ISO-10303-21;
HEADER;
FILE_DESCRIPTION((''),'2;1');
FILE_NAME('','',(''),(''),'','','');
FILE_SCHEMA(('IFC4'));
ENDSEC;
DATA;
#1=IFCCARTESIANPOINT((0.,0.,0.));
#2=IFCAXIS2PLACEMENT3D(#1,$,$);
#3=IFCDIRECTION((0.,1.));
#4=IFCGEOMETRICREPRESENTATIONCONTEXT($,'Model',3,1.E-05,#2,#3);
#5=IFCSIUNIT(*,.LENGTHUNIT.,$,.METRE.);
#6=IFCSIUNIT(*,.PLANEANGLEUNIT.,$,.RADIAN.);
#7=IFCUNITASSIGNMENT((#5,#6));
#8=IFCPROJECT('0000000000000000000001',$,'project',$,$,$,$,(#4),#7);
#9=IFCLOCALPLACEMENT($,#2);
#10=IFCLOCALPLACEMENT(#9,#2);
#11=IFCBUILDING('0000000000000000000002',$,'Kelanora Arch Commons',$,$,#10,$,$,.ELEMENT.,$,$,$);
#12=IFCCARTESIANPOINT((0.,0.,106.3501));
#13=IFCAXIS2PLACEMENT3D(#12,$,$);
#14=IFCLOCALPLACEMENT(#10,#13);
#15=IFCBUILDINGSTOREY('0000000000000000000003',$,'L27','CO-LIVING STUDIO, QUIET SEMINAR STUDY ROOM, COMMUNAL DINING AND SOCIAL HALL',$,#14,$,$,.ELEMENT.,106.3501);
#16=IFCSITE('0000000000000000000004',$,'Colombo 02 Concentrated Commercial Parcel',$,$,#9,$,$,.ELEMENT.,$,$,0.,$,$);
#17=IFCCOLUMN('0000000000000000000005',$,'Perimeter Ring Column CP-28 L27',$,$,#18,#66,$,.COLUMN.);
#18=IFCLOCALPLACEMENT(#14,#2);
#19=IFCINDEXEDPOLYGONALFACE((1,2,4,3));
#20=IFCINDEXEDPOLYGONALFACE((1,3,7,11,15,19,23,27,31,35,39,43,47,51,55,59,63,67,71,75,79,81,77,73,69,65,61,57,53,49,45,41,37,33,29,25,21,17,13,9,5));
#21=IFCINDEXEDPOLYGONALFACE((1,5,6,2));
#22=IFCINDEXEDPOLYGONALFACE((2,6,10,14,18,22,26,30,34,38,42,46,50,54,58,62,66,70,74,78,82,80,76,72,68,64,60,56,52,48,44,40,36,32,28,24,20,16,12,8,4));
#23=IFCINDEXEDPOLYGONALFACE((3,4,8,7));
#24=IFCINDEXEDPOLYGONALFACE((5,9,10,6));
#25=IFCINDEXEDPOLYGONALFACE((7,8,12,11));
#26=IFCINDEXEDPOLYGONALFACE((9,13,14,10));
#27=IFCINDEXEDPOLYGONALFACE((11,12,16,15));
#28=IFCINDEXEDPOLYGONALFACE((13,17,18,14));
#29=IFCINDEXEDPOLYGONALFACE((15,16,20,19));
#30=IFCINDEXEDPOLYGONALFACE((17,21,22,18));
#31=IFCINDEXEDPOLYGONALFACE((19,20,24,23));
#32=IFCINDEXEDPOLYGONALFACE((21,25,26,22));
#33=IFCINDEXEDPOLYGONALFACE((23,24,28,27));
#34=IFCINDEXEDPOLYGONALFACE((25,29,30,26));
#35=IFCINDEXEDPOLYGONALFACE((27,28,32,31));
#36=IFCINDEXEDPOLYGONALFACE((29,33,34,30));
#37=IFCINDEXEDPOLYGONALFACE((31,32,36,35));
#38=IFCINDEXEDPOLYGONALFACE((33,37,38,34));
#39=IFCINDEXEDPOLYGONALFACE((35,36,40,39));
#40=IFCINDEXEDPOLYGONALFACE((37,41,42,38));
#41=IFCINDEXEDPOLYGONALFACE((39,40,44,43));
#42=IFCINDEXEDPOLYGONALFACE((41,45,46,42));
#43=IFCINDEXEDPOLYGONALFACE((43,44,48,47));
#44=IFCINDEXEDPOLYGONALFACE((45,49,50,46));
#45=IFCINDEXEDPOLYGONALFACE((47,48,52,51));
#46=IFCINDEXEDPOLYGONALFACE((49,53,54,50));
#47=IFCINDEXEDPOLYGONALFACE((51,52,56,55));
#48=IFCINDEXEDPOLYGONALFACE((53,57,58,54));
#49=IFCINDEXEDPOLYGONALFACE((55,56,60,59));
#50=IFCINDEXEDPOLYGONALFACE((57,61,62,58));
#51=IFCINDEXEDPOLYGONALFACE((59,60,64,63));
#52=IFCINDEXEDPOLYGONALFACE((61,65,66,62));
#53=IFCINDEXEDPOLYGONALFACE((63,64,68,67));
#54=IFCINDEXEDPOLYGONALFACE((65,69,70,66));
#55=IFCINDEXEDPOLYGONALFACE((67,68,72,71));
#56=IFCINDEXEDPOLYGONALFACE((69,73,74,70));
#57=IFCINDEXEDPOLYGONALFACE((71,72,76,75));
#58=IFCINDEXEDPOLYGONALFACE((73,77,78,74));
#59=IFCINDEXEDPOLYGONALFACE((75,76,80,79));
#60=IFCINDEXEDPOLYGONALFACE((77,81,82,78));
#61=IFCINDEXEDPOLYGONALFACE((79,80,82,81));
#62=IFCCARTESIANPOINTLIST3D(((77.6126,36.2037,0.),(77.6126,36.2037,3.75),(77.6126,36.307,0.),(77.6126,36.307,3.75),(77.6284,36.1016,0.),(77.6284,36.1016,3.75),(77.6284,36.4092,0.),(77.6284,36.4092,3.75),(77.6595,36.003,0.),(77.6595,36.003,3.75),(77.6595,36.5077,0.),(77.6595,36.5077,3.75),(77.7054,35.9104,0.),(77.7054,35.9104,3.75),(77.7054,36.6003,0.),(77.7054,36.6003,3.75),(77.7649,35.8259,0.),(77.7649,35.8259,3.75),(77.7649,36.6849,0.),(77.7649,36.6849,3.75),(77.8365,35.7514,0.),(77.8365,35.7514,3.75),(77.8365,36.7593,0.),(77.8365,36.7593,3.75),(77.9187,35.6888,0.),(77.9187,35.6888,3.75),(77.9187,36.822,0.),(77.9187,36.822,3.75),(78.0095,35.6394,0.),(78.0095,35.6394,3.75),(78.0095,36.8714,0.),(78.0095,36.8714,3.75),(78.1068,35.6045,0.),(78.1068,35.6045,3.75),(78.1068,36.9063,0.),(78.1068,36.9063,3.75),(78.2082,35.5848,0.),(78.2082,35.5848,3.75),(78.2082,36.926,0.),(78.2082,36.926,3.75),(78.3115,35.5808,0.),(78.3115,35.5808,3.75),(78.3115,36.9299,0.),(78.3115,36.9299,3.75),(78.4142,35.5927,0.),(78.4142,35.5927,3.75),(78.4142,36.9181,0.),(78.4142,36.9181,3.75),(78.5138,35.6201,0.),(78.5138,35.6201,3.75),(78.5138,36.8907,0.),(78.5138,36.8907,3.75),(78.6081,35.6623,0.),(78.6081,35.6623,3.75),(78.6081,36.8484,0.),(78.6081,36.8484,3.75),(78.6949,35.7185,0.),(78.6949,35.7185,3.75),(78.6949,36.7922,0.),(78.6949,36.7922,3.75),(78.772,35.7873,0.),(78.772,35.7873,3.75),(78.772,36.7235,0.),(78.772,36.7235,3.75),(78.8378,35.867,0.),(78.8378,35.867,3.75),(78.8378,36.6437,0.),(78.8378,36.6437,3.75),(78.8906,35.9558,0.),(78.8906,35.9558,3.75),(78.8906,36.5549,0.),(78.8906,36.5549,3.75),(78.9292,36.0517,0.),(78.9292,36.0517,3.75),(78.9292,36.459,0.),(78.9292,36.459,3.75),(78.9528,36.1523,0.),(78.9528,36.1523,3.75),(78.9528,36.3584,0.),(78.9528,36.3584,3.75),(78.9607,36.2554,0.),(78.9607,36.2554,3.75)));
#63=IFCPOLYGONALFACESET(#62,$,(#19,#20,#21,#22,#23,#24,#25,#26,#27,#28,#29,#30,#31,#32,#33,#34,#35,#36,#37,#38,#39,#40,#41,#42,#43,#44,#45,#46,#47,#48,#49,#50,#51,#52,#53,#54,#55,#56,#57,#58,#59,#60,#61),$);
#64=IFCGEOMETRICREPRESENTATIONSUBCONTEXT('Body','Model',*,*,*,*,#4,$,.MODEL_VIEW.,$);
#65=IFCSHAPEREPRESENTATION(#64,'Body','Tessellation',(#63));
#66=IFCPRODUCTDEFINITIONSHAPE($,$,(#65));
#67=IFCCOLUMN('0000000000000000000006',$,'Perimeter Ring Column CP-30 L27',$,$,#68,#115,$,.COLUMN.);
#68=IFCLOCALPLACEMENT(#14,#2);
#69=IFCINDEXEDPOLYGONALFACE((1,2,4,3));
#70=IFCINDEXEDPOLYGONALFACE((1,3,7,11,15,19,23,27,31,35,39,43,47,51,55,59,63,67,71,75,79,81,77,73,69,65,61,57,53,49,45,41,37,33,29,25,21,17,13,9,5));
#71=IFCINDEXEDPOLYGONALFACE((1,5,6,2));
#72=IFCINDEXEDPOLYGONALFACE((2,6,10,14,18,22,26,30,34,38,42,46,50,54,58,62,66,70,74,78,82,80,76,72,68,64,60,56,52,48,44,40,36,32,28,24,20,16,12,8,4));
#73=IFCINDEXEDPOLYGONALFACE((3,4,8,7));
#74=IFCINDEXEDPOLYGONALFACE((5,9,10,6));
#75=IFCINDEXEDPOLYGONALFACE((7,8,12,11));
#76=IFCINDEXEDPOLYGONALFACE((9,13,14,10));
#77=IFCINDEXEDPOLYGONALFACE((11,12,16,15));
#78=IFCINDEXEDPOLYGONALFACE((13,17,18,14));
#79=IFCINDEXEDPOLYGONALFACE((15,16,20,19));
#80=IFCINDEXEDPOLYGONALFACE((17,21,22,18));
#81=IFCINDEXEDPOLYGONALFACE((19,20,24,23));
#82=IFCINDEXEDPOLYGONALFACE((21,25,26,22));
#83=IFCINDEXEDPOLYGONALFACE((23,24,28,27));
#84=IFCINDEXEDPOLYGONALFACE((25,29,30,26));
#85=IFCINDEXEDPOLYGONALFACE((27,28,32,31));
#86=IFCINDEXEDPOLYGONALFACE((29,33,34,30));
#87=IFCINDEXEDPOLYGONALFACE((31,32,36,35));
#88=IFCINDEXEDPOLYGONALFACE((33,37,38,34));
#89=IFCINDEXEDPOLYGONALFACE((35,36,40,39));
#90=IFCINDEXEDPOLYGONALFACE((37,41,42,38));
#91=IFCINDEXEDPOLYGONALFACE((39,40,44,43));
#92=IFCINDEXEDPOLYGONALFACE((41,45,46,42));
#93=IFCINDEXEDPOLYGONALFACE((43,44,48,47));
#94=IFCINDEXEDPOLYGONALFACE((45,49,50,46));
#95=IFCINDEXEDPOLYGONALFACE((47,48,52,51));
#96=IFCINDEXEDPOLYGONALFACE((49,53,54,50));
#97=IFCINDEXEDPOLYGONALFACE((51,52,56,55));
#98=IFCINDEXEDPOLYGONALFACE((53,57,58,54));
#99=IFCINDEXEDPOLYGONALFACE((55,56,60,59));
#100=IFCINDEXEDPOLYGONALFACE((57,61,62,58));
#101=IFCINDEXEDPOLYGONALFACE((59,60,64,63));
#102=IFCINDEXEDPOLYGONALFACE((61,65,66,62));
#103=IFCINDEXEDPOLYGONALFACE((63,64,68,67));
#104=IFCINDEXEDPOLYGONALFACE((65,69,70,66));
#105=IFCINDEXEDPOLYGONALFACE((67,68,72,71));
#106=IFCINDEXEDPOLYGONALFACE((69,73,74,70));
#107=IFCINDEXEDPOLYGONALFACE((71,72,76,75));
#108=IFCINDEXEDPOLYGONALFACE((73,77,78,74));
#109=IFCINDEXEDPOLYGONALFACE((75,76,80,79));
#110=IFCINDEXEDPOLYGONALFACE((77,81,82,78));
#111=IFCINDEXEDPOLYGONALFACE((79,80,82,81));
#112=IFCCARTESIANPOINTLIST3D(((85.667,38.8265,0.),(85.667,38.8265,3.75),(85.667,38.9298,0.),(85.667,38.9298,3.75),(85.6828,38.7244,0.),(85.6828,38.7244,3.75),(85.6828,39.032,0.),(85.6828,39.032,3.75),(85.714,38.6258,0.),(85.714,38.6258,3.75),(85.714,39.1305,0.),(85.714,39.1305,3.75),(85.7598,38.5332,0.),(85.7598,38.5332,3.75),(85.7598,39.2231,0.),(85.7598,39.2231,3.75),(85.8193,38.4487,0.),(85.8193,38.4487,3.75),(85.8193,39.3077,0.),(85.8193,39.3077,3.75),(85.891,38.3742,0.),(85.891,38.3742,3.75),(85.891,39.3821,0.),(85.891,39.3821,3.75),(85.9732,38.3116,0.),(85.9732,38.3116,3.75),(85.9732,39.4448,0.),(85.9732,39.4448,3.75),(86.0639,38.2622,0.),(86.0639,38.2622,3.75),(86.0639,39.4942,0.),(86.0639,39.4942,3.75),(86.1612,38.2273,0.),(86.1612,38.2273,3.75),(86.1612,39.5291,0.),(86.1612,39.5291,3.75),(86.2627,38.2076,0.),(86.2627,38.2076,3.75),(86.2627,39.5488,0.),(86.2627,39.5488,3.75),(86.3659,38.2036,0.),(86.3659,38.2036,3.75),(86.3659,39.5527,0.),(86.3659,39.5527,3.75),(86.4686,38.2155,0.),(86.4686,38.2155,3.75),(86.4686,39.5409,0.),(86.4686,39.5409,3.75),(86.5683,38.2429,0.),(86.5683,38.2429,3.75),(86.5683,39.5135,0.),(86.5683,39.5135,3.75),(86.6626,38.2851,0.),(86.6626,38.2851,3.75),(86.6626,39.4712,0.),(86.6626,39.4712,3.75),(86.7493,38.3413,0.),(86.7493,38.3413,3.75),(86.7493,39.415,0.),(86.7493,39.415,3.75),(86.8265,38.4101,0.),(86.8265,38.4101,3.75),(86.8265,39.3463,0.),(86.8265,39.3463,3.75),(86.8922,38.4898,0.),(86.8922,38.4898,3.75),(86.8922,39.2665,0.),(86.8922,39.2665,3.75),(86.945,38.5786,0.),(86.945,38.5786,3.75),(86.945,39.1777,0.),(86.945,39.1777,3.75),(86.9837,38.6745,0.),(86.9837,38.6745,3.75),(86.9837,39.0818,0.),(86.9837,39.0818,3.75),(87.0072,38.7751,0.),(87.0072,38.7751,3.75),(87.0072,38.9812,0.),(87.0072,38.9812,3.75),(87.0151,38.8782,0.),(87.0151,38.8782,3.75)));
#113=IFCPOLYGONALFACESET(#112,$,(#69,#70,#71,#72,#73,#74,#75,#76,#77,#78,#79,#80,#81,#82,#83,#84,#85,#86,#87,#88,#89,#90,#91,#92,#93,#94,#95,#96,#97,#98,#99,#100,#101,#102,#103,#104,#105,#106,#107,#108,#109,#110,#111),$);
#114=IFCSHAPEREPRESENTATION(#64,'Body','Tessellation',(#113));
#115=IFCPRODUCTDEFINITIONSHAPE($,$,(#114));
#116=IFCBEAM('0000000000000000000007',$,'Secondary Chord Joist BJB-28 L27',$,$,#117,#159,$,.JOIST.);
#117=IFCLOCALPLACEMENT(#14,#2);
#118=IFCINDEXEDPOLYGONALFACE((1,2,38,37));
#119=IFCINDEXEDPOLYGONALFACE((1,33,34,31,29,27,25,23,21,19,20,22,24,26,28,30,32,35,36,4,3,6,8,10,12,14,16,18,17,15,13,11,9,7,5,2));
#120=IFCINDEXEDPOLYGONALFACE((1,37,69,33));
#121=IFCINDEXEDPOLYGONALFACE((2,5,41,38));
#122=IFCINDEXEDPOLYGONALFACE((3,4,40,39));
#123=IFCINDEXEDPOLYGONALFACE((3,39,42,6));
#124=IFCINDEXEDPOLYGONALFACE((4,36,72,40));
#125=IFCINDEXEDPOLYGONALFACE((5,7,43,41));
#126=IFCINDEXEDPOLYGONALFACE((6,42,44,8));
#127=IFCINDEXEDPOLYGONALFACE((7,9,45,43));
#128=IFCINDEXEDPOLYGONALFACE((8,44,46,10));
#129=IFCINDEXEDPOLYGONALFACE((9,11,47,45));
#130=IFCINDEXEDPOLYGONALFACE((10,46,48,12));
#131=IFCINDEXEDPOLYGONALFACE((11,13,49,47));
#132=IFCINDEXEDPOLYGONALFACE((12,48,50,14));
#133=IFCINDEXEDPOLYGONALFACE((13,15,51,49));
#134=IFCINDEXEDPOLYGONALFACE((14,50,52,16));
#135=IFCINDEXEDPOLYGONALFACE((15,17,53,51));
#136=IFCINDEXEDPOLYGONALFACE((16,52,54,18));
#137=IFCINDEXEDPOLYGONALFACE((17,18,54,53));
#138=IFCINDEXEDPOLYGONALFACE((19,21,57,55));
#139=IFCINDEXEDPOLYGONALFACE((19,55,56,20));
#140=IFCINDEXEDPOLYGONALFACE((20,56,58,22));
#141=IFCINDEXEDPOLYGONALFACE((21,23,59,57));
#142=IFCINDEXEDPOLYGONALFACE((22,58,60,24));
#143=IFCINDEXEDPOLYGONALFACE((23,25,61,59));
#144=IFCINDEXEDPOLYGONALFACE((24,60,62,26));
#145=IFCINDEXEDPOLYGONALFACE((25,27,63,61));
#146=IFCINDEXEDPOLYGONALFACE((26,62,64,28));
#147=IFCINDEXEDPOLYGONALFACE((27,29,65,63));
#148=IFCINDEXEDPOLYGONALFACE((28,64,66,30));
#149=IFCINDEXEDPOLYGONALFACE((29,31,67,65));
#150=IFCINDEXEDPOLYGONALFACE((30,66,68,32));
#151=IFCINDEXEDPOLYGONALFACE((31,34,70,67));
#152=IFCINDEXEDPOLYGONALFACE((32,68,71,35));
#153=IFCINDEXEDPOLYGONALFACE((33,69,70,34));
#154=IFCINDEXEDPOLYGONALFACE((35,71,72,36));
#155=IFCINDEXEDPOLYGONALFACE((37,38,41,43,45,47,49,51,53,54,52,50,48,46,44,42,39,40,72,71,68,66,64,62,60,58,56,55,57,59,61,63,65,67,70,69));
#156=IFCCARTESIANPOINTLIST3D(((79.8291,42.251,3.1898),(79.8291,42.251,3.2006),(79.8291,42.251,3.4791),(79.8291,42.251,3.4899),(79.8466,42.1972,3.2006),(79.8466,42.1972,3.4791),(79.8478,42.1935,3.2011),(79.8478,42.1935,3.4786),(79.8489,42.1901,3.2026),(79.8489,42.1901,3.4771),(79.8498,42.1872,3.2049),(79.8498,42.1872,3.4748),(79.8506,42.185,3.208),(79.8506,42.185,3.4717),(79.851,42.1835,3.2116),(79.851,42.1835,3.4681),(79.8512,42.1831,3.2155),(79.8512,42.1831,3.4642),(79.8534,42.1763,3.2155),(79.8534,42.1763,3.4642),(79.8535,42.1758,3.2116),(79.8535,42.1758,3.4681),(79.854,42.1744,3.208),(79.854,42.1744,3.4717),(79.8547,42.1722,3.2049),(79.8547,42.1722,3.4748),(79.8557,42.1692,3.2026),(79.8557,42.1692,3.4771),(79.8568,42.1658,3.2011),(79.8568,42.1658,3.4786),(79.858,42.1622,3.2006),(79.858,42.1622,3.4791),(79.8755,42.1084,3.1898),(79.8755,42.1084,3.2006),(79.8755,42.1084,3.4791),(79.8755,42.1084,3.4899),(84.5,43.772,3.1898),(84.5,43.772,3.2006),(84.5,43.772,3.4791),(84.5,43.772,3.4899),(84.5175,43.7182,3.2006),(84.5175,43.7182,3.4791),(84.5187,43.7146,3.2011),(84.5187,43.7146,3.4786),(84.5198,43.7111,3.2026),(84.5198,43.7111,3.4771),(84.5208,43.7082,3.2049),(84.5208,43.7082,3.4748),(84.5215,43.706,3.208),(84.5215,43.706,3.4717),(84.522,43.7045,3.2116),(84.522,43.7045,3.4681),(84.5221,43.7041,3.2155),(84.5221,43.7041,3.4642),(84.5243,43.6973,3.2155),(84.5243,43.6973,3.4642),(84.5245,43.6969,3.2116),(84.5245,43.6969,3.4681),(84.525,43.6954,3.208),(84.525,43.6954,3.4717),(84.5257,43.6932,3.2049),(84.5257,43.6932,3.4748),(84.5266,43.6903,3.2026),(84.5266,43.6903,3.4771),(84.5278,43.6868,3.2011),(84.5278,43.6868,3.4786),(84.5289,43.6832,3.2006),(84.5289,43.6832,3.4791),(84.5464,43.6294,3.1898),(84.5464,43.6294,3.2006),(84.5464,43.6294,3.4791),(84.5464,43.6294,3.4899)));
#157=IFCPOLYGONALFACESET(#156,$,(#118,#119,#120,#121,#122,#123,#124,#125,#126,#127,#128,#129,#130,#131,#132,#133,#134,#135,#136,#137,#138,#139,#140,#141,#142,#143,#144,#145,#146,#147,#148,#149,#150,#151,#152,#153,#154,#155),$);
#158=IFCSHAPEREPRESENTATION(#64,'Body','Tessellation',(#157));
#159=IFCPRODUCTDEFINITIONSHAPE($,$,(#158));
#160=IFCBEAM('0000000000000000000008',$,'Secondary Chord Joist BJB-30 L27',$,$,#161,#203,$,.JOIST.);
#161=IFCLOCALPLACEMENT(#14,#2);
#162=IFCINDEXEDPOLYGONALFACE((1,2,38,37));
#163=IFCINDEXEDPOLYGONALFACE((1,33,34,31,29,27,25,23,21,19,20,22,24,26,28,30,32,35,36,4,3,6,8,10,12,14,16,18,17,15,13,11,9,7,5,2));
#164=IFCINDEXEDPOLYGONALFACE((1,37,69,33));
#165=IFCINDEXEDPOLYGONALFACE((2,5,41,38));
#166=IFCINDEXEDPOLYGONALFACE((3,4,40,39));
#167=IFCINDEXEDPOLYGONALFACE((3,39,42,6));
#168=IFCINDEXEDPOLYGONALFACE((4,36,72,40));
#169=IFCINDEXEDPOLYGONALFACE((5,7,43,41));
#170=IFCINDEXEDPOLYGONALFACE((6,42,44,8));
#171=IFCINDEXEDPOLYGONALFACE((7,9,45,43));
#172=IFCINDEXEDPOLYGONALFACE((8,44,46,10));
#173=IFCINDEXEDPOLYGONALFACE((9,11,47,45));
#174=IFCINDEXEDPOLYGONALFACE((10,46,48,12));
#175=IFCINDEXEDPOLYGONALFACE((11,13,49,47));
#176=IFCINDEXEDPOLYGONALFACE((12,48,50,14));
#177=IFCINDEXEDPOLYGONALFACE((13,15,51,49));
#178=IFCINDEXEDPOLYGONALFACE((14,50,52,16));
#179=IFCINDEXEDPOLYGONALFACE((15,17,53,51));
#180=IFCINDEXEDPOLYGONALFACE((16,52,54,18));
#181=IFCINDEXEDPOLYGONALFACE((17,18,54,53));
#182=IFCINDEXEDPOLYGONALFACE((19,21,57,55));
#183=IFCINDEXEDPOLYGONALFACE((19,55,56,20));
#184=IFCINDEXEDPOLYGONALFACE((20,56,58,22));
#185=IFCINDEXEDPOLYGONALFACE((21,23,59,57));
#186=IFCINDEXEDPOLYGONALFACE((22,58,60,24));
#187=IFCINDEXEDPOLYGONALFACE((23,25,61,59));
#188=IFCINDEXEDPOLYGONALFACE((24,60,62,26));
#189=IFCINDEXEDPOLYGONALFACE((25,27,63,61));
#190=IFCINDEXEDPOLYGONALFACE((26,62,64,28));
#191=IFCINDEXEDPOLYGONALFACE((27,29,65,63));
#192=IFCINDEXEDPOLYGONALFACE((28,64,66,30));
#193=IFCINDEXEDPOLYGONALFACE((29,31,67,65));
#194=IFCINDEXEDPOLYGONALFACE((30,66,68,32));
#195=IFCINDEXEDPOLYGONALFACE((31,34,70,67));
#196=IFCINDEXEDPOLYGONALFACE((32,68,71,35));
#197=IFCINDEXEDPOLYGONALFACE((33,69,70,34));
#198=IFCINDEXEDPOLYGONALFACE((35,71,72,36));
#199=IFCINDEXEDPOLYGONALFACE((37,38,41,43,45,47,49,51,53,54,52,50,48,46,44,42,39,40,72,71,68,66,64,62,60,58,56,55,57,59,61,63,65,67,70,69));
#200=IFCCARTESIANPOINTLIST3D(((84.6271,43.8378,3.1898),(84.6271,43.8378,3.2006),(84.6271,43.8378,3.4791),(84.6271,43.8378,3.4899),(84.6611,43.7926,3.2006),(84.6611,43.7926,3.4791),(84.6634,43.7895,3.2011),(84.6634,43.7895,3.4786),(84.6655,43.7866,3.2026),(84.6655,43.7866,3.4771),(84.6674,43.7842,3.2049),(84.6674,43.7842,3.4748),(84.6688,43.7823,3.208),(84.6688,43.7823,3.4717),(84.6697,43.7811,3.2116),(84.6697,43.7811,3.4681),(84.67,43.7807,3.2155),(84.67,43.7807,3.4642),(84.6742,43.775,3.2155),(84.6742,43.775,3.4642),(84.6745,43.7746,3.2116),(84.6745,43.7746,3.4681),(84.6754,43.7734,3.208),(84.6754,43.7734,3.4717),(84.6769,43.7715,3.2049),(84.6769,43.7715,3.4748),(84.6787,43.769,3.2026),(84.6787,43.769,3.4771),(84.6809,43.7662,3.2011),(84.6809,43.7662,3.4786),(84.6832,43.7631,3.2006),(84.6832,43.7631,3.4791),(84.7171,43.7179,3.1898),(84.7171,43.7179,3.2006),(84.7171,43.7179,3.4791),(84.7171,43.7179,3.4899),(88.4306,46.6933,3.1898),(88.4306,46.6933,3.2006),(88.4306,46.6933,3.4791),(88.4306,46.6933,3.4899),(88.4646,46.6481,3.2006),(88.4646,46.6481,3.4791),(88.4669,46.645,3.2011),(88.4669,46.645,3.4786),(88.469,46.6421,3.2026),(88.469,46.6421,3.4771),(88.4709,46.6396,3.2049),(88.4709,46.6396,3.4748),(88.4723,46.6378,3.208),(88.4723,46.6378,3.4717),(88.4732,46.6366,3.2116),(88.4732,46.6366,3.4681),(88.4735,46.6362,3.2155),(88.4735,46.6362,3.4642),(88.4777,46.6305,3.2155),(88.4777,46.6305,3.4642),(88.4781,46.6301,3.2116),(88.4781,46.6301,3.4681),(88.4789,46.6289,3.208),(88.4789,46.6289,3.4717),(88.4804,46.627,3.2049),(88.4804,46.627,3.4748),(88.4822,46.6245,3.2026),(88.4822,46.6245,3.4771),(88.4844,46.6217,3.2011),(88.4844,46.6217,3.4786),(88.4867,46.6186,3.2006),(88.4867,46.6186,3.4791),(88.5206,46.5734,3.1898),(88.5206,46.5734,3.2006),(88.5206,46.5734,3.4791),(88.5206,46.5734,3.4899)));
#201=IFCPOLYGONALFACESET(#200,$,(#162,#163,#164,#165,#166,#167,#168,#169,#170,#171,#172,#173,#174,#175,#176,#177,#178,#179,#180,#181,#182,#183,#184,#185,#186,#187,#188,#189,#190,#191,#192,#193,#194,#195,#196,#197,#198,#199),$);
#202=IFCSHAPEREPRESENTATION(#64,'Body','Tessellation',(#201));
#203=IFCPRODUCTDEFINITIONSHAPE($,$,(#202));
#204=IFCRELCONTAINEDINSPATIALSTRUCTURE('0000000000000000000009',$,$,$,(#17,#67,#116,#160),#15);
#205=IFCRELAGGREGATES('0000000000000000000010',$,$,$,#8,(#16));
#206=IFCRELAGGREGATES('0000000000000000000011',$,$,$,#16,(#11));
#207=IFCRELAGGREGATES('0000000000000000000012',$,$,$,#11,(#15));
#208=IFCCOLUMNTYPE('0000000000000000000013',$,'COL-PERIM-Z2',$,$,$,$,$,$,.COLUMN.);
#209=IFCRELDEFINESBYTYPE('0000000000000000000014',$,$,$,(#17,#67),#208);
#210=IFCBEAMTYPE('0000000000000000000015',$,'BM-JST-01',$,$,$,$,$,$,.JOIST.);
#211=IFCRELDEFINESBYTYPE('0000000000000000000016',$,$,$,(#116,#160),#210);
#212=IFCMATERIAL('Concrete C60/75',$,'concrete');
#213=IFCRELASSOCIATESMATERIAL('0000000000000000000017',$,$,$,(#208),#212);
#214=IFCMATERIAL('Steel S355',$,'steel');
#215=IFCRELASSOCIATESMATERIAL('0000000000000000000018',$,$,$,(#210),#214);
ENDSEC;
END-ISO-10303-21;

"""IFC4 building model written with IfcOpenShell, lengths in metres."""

from ifc_helpers import new_model, si_unit, direction, frame, origin, origin_2d, place, context, subcontext, project, spatial, circle, i_section, extrude, material, material_profile, profile_set, type_object, element, save


model = new_model("IFC4")

# Units and contexts
model_context = context("Model", 3, precision=1e-05, world=origin(), true_north=direction((0.0, 1.0)))
body_context = subcontext(model_context, "Body", "Model", "MODEL_VIEW")
ifc_project = project(units=[si_unit("LENGTHUNIT", "METRE"), si_unit("PLANEANGLEUNIT", "RADIAN")], contexts=[model_context])

# Site, building, storey
site_placement = place(None, origin())
site = spatial("IfcSite", under=ifc_project, at=site_placement, Name="Colombo 02 Concentrated Commercial Parcel", CompositionType="ELEMENT", RefElevation=0.0)
building_placement = place(site_placement, origin())
building = spatial("IfcBuilding", under=site, at=building_placement, Name="Kelanora Arch Commons", CompositionType="ELEMENT")
storey_placement = place(building_placement, frame((0.0, 0.0, 106.3501)))
storey = spatial("IfcBuildingStorey", under=building, at=storey_placement, Name="L27", Description="CO-LIVING STUDIO, QUIET SEMINAR STUDY ROOM, COMMUNAL DINING AND SOCIAL HALL", CompositionType="ELEMENT", Elevation=106.3501)

# Columns
ifc_material_1 = material(Name="Concrete C60/75", Category="concrete")
ifc_material_profile_1 = material_profile(ifc_material_1, circle(Radius=0.675, at=origin_2d()), Name="RCC1350")
ifc_profile_set_1 = profile_set([ifc_material_profile_1], Name="Concrete C60/75")
column_type = type_object("IfcColumnType", Name="COL-PERIM-Z2", PredefinedType="COLUMN", material=ifc_profile_set_1)
for number, where, z_axis, x_axis, name in (
    (1, (78.2856, 36.2554, 0.0), (0.0, 0.0, 1.0), (1.0, 0.0, 0.0), "Perimeter Ring Column CP-28 L27"),
    (2, (86.3401, 38.8782, 0.0), (0.0, 0.0, 1.0), (1.0, 0.0, 0.0), "Perimeter Ring Column CP-30 L27"),
):
    element("IfcColumn", number, at=place(storey_placement, frame(where, z_axis=z_axis, x_axis=x_axis)), inside=storey, type_object=column_type, Name=name, PredefinedType="COLUMN", context=body_context, shape_type="SweptSolid", body=[
        extrude(circle(Radius=0.675, at=origin_2d()), origin(), (0.0, 0.0, 1.0), 3.75),
    ])

# Beams
ifc_material_2 = material(Name="Steel S355", Category="steel")
ifc_material_profile_2 = material_profile(ifc_material_2, i_section(OverallWidth=0.1499, OverallDepth=0.3, WebThickness=0.0071, FlangeThickness=0.0107, FilletRadius=0.0149, at=origin_2d()), Name="IPE300")
ifc_profile_set_2 = profile_set([ifc_material_profile_2], Name="Steel S355")
beam_type_1 = type_object("IfcBeamType", Name="BM-JST-01", PredefinedType="JOIST", material=ifc_profile_set_2)
beam_1_placement = place(storey_placement, frame((79.8523, 42.1797, 3.3398), z_axis=(0.950857, 0.30963, 0.0), x_axis=(-0.30963, 0.950857, 0.0)))
element("IfcBeam", 3, at=beam_1_placement, inside=storey, type_object=beam_type_1, Name="Secondary Chord Joist BJB-28 L27", PredefinedType="JOIST", context=body_context, shape_type="SweptSolid", body=[
    extrude(i_section(OverallWidth=0.1499, OverallDepth=0.3, WebThickness=0.0071, FlangeThickness=0.0107, FilletRadius=0.0149, at=origin_2d()), origin(), (0.0, 0.0, 1.0), 4.9124),
])
beam_2_placement = place(storey_placement, frame((84.6721, 43.7778, 3.3398), z_axis=(0.79971, 0.600386, 0.0), x_axis=(-0.600386, 0.79971, 0.0)))
element("IfcBeam", 4, at=beam_2_placement, inside=storey, type_object=beam_type_1, Name="Secondary Chord Joist BJB-30 L27", PredefinedType="JOIST", context=body_context, shape_type="SweptSolid", body=[
    extrude(i_section(OverallWidth=0.1499, OverallDepth=0.3, WebThickness=0.0071, FlangeThickness=0.0107, FilletRadius=0.0149, at=origin_2d()), origin(), (0.0, 0.0, 1.0), 4.7561),
])

save(model, "model.ifc")
